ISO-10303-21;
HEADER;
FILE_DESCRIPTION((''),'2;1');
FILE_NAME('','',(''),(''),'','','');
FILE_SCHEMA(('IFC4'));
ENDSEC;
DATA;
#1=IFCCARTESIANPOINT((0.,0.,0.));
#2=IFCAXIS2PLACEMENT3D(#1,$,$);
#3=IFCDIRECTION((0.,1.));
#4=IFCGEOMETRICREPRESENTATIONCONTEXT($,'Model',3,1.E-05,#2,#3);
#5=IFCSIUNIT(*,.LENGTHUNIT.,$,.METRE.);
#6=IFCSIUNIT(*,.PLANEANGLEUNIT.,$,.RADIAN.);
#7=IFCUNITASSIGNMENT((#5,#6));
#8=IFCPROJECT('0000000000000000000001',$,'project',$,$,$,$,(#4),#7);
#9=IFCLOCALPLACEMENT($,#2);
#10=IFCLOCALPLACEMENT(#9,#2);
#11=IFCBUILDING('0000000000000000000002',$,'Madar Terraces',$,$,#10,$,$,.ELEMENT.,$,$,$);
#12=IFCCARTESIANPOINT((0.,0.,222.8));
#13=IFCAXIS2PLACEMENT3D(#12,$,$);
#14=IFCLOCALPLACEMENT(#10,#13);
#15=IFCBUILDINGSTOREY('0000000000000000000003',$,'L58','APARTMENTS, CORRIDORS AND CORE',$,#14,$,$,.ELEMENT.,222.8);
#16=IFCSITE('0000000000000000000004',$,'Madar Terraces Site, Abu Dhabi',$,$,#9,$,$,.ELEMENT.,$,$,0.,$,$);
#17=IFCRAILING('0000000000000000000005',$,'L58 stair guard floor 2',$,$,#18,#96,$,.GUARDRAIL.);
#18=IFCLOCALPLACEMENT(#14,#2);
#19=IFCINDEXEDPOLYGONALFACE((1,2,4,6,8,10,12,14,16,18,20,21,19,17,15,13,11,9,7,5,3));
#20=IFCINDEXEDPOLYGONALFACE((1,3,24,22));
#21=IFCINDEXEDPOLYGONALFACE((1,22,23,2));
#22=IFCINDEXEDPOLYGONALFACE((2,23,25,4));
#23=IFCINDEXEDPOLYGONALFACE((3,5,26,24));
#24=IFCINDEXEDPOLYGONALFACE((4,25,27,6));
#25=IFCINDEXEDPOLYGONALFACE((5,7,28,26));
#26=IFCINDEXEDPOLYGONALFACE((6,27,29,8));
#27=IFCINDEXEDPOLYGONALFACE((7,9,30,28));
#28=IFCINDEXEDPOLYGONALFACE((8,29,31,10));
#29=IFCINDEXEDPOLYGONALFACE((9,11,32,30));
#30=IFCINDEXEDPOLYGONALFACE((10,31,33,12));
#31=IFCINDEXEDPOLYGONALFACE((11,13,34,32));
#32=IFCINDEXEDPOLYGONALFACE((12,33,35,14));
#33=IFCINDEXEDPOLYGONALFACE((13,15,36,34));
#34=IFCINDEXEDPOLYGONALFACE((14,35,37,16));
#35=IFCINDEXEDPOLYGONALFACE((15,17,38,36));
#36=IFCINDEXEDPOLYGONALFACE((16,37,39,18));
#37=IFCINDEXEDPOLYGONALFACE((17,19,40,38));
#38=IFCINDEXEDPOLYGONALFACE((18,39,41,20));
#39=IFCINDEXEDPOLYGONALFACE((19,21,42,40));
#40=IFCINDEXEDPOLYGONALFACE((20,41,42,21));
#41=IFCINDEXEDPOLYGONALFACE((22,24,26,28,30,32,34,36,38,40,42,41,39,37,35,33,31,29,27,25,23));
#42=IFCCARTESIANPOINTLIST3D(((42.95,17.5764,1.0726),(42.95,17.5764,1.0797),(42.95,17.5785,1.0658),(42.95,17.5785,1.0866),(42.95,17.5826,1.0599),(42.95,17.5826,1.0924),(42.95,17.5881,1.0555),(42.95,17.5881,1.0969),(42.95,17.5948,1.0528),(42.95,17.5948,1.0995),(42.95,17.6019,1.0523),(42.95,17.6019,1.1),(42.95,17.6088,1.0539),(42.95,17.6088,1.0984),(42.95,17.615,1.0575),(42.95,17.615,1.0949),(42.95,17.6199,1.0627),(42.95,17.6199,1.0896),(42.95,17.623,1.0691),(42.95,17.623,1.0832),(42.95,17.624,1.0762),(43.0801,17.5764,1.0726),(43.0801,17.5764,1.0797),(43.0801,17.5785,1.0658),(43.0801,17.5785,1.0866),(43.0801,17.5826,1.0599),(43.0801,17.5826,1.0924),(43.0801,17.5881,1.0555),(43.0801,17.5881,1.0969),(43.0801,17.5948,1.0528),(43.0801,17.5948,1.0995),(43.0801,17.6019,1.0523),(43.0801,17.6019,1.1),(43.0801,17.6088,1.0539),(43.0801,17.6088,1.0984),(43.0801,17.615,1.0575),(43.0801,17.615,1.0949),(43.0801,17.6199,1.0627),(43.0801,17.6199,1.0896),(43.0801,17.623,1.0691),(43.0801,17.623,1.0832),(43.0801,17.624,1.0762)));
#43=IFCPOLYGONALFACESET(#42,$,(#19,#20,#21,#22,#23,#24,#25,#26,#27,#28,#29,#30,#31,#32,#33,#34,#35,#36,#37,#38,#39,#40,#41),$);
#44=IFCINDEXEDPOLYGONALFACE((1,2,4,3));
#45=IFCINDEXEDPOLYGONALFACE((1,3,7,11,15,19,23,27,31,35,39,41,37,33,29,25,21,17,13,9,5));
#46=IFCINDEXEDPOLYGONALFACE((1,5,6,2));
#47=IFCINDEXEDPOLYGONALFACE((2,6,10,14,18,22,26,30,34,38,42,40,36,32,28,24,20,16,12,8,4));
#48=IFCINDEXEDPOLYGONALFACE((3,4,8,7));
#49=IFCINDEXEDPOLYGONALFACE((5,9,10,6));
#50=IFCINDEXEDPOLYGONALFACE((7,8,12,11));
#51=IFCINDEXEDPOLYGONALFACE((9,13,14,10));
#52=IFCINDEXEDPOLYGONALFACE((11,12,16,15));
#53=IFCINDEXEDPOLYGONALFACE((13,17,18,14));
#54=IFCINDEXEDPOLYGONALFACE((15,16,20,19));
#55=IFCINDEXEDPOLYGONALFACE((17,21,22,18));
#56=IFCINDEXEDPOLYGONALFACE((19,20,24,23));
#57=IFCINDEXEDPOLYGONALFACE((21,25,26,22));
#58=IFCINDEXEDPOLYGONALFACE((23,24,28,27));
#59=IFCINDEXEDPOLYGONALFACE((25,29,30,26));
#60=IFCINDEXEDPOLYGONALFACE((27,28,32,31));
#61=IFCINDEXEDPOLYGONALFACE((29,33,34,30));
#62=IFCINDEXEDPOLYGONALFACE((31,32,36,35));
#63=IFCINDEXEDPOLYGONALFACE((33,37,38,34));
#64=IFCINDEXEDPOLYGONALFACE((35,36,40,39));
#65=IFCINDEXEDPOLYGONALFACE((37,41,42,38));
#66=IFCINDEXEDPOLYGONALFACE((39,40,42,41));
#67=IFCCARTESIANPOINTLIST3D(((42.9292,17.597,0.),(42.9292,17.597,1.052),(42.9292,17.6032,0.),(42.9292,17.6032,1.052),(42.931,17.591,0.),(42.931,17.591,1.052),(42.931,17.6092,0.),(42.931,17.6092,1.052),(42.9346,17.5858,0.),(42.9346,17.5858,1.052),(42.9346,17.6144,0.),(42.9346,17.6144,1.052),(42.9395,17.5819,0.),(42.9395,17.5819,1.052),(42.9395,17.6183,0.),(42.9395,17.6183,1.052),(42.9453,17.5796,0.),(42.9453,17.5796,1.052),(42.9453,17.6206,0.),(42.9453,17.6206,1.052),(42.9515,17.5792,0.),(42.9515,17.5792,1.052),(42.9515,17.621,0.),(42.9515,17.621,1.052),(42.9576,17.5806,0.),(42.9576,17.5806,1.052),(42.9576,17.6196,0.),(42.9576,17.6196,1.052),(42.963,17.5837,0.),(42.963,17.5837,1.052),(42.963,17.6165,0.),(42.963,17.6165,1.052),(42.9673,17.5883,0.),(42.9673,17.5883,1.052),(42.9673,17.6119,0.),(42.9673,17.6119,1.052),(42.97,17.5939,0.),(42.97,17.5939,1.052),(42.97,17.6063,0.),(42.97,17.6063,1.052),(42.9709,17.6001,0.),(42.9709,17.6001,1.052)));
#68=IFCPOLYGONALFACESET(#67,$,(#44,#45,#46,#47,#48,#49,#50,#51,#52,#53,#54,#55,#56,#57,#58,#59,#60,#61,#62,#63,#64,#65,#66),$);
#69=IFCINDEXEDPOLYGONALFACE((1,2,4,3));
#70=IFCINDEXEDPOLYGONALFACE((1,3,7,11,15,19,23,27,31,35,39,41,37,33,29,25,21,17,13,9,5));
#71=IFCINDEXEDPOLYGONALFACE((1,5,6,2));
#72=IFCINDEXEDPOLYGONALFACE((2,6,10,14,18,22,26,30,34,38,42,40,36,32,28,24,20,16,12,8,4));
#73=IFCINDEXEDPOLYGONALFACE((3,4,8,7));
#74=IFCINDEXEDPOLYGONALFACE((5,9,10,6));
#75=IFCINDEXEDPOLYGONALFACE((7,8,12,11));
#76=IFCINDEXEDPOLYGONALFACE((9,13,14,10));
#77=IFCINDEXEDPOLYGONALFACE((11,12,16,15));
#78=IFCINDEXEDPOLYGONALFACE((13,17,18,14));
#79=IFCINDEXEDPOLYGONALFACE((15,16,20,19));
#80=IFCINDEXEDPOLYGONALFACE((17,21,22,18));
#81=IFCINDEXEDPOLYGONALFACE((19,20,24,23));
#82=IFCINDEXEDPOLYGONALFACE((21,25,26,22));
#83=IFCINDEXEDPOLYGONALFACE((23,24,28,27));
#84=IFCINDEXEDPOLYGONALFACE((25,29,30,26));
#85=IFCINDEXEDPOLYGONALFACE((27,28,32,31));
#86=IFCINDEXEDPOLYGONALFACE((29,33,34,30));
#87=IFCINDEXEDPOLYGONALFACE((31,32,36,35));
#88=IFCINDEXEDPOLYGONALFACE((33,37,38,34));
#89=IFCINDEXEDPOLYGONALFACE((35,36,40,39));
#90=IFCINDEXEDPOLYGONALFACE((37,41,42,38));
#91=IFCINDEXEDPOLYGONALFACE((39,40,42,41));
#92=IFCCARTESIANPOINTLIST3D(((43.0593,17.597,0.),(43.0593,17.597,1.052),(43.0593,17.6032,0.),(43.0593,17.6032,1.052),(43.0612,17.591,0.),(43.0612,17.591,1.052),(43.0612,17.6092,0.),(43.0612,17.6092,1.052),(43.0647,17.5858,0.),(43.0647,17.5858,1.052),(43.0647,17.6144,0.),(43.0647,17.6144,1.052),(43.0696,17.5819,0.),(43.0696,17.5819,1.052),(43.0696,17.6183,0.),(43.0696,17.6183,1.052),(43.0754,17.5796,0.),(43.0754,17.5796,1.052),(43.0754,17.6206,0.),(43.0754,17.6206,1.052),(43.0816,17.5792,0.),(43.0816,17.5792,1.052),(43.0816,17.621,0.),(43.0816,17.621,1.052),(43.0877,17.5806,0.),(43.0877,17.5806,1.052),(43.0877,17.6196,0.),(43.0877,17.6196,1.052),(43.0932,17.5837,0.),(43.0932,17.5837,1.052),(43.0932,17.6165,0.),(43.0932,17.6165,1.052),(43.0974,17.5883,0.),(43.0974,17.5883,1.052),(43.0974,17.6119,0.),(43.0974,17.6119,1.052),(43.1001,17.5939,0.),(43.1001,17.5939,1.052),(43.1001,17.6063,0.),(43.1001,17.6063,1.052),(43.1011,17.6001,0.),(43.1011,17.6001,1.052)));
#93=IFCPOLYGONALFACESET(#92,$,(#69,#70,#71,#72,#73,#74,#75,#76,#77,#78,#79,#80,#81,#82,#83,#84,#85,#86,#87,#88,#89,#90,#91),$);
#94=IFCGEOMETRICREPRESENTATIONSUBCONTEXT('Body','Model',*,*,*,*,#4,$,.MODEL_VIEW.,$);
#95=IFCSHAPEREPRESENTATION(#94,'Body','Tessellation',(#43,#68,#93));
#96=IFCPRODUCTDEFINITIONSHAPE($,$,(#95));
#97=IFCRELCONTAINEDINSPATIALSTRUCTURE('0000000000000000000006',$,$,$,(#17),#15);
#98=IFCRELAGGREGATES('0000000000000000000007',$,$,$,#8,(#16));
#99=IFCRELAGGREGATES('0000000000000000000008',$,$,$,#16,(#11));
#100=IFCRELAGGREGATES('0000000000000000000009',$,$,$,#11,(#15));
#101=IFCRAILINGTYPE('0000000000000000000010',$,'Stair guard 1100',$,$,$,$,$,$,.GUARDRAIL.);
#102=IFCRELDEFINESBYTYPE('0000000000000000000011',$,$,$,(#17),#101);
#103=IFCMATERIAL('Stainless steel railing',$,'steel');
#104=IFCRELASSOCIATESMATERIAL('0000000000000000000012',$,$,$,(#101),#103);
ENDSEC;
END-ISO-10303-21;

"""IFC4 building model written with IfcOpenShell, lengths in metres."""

from ifc_helpers import new_model, si_unit, direction, frame, origin, origin_2d, place, context, subcontext, project, spatial, circle, extrude, material, type_object, element, save


model = new_model("IFC4")

# Units and contexts
model_context = context("Model", 3, precision=1e-05, world=origin(), true_north=direction((0.0, 1.0)))
body_context = subcontext(model_context, "Body", "Model", "MODEL_VIEW")
ifc_project = project(units=[si_unit("LENGTHUNIT", "METRE"), si_unit("PLANEANGLEUNIT", "RADIAN")], contexts=[model_context])

# Site, building, storey
site_placement = place(None, origin())
site = spatial("IfcSite", under=ifc_project, at=site_placement, Name="Madar Terraces Site, Abu Dhabi", CompositionType="ELEMENT", RefElevation=0.0)
building_placement = place(site_placement, origin())
building = spatial("IfcBuilding", under=site, at=building_placement, Name="Madar Terraces", CompositionType="ELEMENT")
storey_placement = place(building_placement, frame((0.0, 0.0, 222.8)))
storey = spatial("IfcBuildingStorey", under=building, at=storey_placement, Name="L58", Description="APARTMENTS, CORRIDORS AND CORE", CompositionType="ELEMENT", Elevation=222.8)

# Railing
ifc_material_1 = material(Name="Stainless steel railing", Category="steel")
railing_type_1 = type_object("IfcRailingType", Name="Stair guard 1100", PredefinedType="GUARDRAIL", material=ifc_material_1)
railing_1_placement = place(storey_placement, frame((42.95, 17.6001, 0.0)))
element("IfcRailing", 1, at=railing_1_placement, inside=storey, type_object=railing_type_1, Name="L58 stair guard floor 2", PredefinedType="GUARDRAIL", context=body_context, shape_type="SweptSolid", body=[
    extrude(circle(Radius=0.0239, at=origin_2d()), frame((0.0, 0.0, 1.0762), z_axis=(1.0, 0.0, 0.0), x_axis=(0.0, 1.0, 0.0)), (0.0, 0.0, 1.0), 0.1301),
    extrude(circle(Radius=0.021, at=origin_2d()), origin(), (0.0, 0.0, 1.0), 1.052),
    extrude(circle(Radius=0.021, at=origin_2d()), frame((0.1301, 0.0, 0.0)), (0.0, 0.0, 1.0), 1.052),
])

save(model, "model.ifc")
